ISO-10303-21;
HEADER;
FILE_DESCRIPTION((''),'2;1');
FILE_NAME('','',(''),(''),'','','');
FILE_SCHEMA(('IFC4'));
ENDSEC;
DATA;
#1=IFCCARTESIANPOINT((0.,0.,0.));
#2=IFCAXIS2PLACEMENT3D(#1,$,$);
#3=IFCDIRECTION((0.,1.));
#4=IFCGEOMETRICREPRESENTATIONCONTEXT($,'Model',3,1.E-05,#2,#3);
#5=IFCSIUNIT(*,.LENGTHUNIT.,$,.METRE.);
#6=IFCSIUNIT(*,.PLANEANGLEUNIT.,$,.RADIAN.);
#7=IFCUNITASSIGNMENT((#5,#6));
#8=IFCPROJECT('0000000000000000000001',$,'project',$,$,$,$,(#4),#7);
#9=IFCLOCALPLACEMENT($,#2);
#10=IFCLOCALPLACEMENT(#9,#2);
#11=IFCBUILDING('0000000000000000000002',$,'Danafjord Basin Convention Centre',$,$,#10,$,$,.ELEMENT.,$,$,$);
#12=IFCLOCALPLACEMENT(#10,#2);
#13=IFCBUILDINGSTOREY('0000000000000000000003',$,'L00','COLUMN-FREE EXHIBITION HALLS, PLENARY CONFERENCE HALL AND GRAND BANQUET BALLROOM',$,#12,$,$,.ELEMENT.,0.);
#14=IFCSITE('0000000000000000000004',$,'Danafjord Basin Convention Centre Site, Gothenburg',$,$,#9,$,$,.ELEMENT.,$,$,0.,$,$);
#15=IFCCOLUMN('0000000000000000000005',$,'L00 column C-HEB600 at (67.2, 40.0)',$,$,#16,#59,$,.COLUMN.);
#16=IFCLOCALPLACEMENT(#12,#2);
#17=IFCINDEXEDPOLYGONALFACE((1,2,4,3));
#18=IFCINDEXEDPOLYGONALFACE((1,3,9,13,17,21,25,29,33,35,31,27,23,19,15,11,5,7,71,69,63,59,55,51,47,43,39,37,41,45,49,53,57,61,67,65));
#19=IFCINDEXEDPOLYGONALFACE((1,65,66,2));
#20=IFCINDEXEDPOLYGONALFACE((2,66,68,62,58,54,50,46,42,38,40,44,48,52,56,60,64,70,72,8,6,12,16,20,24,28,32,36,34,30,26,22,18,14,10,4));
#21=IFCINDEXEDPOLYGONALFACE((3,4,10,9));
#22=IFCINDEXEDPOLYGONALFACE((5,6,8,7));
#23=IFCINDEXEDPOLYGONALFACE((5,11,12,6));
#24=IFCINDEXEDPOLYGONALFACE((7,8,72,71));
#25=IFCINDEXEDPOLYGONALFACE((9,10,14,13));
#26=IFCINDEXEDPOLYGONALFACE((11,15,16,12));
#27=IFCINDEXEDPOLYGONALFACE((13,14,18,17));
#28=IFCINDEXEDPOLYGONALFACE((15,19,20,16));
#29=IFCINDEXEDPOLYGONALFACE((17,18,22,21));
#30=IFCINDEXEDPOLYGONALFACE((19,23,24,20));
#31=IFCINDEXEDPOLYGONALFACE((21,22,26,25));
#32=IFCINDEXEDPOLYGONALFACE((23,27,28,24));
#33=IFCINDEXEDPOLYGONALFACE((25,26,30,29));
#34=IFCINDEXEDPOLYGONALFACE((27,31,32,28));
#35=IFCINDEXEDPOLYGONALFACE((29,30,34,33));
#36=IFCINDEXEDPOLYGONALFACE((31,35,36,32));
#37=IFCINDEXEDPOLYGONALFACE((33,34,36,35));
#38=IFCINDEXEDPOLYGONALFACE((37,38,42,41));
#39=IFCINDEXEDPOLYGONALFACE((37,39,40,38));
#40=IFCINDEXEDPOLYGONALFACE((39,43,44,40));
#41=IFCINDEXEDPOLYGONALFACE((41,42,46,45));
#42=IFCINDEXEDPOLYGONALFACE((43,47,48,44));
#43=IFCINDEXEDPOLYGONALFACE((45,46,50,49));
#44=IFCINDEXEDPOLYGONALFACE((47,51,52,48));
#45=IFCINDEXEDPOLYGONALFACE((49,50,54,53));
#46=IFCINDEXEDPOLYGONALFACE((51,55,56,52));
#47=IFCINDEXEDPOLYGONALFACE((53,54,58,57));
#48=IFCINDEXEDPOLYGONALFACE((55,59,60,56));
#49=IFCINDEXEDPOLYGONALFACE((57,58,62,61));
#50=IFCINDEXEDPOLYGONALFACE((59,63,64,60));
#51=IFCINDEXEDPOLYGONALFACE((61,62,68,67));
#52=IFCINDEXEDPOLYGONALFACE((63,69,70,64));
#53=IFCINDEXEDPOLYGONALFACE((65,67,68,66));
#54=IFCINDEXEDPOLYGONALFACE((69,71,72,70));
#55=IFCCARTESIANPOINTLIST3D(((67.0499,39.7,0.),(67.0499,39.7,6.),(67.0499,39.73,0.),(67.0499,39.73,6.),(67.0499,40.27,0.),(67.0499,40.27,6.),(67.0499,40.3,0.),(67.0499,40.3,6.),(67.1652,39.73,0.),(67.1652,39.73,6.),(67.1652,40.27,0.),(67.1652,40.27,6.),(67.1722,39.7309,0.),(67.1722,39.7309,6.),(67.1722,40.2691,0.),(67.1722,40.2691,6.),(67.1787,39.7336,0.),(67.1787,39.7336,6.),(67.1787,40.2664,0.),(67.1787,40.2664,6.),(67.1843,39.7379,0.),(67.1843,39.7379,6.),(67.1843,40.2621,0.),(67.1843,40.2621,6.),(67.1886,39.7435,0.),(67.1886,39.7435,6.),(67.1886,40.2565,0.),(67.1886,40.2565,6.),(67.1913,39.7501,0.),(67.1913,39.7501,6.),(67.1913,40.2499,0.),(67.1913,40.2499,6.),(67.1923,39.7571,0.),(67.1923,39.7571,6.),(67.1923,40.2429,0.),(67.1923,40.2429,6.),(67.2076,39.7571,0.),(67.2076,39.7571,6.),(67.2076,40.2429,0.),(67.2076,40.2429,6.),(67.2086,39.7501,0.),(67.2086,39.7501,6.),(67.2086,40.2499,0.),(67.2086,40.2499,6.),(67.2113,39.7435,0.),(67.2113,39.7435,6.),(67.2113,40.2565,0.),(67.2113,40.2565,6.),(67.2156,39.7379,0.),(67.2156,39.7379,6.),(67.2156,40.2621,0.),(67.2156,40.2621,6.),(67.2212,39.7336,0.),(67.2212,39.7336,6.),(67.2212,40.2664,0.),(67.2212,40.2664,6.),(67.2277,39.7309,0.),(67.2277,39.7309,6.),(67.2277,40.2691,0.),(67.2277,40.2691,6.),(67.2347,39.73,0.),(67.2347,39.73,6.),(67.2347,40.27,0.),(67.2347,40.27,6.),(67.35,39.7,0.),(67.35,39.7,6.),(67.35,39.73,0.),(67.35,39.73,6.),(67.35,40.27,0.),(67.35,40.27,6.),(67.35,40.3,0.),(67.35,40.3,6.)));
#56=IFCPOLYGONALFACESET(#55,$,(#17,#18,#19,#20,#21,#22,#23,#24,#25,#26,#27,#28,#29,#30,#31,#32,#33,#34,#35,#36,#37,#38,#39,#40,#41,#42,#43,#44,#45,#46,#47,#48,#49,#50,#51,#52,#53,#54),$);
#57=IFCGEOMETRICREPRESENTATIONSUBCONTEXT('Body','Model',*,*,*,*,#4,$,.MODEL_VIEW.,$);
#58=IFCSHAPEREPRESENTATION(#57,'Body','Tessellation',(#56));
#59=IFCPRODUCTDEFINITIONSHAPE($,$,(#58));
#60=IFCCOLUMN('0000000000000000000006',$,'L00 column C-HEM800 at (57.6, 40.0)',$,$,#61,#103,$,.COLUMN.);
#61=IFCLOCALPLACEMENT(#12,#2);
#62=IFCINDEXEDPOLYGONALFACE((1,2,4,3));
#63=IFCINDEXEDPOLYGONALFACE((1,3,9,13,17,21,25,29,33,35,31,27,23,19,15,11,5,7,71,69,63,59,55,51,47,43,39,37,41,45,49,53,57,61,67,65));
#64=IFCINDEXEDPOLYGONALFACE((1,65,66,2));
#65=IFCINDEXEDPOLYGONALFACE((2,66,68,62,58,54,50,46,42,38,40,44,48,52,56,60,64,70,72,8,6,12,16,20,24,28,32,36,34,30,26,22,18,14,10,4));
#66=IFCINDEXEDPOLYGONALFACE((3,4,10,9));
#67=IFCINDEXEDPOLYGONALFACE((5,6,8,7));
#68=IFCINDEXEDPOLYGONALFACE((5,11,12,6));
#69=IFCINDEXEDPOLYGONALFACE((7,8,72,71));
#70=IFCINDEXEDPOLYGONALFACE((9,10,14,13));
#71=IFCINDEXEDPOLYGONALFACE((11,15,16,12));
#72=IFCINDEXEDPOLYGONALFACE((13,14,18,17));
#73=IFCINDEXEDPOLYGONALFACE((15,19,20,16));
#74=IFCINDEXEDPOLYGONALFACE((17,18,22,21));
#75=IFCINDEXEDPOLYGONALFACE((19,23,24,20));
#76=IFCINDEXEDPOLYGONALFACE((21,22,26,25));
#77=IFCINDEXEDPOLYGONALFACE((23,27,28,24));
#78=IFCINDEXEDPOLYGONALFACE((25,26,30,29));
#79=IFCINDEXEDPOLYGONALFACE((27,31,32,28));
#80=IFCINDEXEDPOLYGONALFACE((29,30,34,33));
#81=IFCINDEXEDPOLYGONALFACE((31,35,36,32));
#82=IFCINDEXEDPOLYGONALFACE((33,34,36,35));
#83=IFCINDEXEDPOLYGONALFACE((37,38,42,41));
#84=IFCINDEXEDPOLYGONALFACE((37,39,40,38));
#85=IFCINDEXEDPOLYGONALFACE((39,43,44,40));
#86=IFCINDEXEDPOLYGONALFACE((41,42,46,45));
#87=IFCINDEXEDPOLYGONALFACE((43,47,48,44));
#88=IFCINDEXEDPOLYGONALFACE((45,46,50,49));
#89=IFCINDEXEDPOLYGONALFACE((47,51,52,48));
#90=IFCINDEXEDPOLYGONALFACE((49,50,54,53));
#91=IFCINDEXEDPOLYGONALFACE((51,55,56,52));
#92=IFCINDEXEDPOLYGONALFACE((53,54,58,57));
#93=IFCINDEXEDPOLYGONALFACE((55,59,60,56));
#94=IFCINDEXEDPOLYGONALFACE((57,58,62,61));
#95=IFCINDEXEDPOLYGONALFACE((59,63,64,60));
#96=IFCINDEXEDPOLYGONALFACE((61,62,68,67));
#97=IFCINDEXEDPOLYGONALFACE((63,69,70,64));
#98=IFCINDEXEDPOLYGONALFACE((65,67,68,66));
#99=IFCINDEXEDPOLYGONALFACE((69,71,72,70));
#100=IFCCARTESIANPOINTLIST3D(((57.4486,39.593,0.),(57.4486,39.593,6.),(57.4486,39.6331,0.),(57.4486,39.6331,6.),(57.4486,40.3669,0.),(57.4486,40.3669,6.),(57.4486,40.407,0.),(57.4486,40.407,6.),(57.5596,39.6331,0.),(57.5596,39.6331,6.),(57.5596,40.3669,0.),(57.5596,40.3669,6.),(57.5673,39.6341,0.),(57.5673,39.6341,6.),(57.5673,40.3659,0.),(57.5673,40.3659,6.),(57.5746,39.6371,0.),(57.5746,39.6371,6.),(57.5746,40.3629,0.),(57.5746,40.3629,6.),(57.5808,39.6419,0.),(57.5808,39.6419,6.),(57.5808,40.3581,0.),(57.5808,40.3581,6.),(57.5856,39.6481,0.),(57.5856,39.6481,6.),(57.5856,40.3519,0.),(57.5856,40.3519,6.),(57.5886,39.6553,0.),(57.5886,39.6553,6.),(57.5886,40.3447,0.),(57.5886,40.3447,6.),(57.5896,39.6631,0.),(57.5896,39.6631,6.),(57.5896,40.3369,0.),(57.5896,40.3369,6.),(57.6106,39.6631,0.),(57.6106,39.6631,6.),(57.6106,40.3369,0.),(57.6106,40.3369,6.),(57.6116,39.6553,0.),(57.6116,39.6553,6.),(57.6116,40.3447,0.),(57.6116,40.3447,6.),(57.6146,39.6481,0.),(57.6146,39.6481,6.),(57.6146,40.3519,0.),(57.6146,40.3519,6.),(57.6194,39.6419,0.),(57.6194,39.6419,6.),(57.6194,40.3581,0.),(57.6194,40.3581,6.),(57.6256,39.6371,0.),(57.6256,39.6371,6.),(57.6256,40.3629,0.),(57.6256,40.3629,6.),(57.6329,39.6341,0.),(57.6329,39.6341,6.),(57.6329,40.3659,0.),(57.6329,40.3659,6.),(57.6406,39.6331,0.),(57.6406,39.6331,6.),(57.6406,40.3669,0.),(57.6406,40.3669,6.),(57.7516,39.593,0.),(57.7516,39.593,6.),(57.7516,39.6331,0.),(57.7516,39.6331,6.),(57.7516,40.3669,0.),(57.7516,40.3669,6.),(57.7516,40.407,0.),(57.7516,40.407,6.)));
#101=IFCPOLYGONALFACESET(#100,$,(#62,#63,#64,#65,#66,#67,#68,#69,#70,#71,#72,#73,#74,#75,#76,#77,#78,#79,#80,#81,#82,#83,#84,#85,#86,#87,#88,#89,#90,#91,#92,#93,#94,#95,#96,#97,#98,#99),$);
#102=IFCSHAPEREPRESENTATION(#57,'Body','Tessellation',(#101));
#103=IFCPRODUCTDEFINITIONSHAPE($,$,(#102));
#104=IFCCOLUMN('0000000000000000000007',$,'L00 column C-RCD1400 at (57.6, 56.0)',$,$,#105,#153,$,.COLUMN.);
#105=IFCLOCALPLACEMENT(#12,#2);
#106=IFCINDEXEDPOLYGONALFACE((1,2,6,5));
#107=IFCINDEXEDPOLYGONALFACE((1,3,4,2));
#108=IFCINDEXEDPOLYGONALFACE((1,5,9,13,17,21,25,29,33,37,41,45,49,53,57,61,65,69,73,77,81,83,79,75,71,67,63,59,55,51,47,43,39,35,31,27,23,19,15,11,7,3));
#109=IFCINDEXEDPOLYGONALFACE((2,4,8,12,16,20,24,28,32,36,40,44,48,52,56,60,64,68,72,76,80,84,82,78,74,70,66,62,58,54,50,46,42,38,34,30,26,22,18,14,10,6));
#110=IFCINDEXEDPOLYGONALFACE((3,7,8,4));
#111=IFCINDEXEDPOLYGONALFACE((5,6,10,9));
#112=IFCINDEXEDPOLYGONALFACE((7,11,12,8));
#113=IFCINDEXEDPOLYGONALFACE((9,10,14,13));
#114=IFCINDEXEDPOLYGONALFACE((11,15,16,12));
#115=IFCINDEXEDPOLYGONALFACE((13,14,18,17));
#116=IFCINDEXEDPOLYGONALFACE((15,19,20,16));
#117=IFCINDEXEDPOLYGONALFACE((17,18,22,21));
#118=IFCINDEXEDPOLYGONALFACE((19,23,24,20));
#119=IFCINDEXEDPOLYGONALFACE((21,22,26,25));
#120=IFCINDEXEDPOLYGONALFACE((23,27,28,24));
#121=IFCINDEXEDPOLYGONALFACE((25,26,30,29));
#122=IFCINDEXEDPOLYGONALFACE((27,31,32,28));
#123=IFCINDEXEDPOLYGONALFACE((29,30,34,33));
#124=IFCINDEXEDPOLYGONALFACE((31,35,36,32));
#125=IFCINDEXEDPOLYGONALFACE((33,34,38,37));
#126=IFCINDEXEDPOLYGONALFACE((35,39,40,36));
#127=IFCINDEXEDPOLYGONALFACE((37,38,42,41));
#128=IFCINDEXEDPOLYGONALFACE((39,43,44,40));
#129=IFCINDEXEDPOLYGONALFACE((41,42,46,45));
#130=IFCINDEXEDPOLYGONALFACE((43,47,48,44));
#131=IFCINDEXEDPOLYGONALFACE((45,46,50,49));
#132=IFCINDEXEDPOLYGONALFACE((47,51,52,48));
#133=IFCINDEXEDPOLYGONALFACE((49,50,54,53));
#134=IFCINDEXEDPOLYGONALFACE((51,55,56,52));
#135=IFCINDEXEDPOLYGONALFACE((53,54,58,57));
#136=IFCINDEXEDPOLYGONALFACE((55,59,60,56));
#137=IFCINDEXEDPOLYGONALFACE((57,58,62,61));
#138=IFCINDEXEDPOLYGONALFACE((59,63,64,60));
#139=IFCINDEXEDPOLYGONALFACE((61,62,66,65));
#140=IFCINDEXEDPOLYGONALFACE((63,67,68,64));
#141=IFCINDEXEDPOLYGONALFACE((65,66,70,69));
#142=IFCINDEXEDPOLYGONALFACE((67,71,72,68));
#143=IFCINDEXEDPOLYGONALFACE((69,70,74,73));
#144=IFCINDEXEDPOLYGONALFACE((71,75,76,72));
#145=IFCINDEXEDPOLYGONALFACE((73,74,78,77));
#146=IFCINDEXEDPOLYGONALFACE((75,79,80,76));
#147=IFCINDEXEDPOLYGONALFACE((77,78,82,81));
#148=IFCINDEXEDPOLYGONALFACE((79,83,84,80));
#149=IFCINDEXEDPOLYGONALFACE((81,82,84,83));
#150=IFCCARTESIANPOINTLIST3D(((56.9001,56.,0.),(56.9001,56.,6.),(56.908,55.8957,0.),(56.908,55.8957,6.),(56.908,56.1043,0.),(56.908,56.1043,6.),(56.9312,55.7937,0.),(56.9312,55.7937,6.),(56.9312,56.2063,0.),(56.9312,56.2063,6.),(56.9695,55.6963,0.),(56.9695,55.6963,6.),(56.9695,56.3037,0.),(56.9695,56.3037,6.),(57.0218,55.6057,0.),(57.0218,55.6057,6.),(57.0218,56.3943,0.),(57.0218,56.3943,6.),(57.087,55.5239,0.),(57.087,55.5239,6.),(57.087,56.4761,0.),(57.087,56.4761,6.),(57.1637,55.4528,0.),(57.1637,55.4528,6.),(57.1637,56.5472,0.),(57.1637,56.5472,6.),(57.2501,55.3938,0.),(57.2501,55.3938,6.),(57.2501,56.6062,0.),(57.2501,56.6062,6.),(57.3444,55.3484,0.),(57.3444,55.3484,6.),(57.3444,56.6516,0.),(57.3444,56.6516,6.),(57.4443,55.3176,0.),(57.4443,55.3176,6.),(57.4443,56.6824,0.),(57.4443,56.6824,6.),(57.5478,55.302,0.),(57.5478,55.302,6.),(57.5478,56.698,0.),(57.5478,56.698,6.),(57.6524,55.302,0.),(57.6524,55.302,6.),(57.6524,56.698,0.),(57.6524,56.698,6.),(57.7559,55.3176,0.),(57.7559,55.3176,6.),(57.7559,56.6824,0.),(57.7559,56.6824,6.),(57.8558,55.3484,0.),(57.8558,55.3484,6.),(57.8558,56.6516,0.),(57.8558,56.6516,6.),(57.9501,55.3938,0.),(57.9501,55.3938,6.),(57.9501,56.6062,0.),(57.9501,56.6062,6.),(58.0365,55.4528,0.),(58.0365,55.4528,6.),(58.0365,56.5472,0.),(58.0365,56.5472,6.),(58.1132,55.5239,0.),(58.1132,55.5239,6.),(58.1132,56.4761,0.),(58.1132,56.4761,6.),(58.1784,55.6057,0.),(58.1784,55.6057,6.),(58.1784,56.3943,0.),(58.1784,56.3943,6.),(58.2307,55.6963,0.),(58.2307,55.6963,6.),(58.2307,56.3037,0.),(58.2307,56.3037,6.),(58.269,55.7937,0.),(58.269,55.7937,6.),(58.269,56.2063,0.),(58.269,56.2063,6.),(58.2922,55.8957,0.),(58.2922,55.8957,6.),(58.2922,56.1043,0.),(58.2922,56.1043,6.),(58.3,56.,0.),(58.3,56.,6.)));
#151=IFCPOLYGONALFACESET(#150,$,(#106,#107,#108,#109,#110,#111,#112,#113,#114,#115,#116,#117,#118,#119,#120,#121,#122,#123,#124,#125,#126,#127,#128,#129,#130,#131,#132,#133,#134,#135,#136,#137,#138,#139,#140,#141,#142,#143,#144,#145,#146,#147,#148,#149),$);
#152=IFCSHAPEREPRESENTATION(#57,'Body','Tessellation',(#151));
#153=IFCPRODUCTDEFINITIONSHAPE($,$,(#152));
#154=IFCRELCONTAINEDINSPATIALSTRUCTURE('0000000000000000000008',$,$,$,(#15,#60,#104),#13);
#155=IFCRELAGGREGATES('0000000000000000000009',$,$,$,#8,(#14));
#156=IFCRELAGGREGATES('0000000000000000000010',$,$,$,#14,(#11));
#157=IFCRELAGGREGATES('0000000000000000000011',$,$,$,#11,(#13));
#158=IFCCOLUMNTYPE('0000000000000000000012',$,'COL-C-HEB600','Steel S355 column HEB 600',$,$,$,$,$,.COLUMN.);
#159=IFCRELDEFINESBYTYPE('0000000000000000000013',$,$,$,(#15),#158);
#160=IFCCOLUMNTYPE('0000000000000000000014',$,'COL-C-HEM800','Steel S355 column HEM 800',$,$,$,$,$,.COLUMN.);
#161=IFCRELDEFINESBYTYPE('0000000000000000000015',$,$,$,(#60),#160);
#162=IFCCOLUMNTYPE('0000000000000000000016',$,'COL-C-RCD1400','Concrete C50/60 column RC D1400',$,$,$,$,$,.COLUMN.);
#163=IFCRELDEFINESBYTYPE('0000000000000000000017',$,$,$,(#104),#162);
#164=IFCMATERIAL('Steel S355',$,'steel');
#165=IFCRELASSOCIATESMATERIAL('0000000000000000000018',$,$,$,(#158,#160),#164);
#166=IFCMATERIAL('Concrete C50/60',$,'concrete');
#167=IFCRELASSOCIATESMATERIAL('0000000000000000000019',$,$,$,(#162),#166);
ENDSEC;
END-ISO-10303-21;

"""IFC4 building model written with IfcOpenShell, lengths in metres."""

from ifc_helpers import new_model, si_unit, direction, frame, origin, origin_2d, place, context, subcontext, project, spatial, circle, i_section, extrude, material, material_profile, profile_set, type_object, element, save


model = new_model("IFC4")

# Units and contexts
model_context = context("Model", 3, precision=1e-05, world=origin(), true_north=direction((0.0, 1.0)))
body_context = subcontext(model_context, "Body", "Model", "MODEL_VIEW")
ifc_project = project(units=[si_unit("LENGTHUNIT", "METRE"), si_unit("PLANEANGLEUNIT", "RADIAN")], contexts=[model_context])

# Site, building, storey
site_placement = place(None, origin())
site = spatial("IfcSite", under=ifc_project, at=site_placement, Name="Danafjord Basin Convention Centre Site, Gothenburg", CompositionType="ELEMENT", RefElevation=0.0)
building_placement = place(site_placement, origin())
building = spatial("IfcBuilding", under=site, at=building_placement, Name="Danafjord Basin Convention Centre", CompositionType="ELEMENT")
storey_placement = place(building_placement, origin())
storey = spatial("IfcBuildingStorey", under=building, at=storey_placement, Name="L00", Description="COLUMN-FREE EXHIBITION HALLS, PLENARY CONFERENCE HALL AND GRAND BANQUET BALLROOM", CompositionType="ELEMENT", Elevation=0.0)

# Columns
ifc_material_1 = material(Name="Steel S355", Category="steel")
ifc_material_profile_1 = material_profile(ifc_material_1, i_section(OverallWidth=0.3, OverallDepth=0.6001, WebThickness=0.0154, FlangeThickness=0.03, FilletRadius=0.0271, at=origin_2d()), Name="HEB 600")
ifc_profile_set_1 = profile_set([ifc_material_profile_1], Name="Steel S355")
column_type_1 = type_object("IfcColumnType", Name="COL-C-HEB600", Description="Steel S355 column HEB 600", PredefinedType="COLUMN", material=ifc_profile_set_1)
column_1_placement = place(storey_placement, frame((67.2, 40.0, 0.0), z_axis=(0.0, 0.0, 1.0), x_axis=(1.0, 0.0, 0.0)))
element("IfcColumn", 1, at=column_1_placement, inside=storey, type_object=column_type_1, Name="L00 column C-HEB600 at (67.2, 40.0)", PredefinedType="COLUMN", context=body_context, shape_type="SweptSolid", body=[
    extrude(i_section(OverallWidth=0.3, OverallDepth=0.6001, WebThickness=0.0154, FlangeThickness=0.03, FilletRadius=0.0271, at=origin_2d()), origin(), (0.0, 0.0, 1.0), 6.0),
])
ifc_material_profile_2 = material_profile(ifc_material_1, i_section(OverallWidth=0.303, OverallDepth=0.814, WebThickness=0.021, FlangeThickness=0.04, FilletRadius=0.03, at=origin_2d()), Name="HEM 800")
ifc_profile_set_2 = profile_set([ifc_material_profile_2], Name="Steel S355")
column_type_2 = type_object("IfcColumnType", Name="COL-C-HEM800", Description="Steel S355 column HEM 800", PredefinedType="COLUMN", material=ifc_profile_set_2)
column_2_placement = place(storey_placement, frame((57.6001, 40.0, 0.0), z_axis=(0.0, 0.0, 1.0), x_axis=(1.0, 0.0, 0.0)))
element("IfcColumn", 2, at=column_2_placement, inside=storey, type_object=column_type_2, Name="L00 column C-HEM800 at (57.6, 40.0)", PredefinedType="COLUMN", context=body_context, shape_type="SweptSolid", body=[
    extrude(i_section(OverallWidth=0.303, OverallDepth=0.814, WebThickness=0.021, FlangeThickness=0.04, FilletRadius=0.03, at=origin_2d()), origin(), (0.0, 0.0, 1.0), 6.0),
])
ifc_material_2 = material(Name="Concrete C50/60", Category="concrete")
ifc_material_profile_3 = material_profile(ifc_material_2, circle(Radius=0.7, at=origin_2d()), Name="RC D1400")
ifc_profile_set_3 = profile_set([ifc_material_profile_3], Name="Concrete C50/60")
column_type_3 = type_object("IfcColumnType", Name="COL-C-RCD1400", Description="Concrete C50/60 column RC D1400", PredefinedType="COLUMN", material=ifc_profile_set_3)
column_3_placement = place(storey_placement, frame((57.6001, 56.0, 0.0), z_axis=(0.0, 0.0, 1.0), x_axis=(1.0, 0.0, 0.0)))
element("IfcColumn", 3, at=column_3_placement, inside=storey, type_object=column_type_3, Name="L00 column C-RCD1400 at (57.6, 56.0)", PredefinedType="COLUMN", context=body_context, shape_type="SweptSolid", body=[
    extrude(circle(Radius=0.7, at=origin_2d()), origin(), (0.0, 0.0, 1.0), 6.0),
])

save(model, "model.ifc")
